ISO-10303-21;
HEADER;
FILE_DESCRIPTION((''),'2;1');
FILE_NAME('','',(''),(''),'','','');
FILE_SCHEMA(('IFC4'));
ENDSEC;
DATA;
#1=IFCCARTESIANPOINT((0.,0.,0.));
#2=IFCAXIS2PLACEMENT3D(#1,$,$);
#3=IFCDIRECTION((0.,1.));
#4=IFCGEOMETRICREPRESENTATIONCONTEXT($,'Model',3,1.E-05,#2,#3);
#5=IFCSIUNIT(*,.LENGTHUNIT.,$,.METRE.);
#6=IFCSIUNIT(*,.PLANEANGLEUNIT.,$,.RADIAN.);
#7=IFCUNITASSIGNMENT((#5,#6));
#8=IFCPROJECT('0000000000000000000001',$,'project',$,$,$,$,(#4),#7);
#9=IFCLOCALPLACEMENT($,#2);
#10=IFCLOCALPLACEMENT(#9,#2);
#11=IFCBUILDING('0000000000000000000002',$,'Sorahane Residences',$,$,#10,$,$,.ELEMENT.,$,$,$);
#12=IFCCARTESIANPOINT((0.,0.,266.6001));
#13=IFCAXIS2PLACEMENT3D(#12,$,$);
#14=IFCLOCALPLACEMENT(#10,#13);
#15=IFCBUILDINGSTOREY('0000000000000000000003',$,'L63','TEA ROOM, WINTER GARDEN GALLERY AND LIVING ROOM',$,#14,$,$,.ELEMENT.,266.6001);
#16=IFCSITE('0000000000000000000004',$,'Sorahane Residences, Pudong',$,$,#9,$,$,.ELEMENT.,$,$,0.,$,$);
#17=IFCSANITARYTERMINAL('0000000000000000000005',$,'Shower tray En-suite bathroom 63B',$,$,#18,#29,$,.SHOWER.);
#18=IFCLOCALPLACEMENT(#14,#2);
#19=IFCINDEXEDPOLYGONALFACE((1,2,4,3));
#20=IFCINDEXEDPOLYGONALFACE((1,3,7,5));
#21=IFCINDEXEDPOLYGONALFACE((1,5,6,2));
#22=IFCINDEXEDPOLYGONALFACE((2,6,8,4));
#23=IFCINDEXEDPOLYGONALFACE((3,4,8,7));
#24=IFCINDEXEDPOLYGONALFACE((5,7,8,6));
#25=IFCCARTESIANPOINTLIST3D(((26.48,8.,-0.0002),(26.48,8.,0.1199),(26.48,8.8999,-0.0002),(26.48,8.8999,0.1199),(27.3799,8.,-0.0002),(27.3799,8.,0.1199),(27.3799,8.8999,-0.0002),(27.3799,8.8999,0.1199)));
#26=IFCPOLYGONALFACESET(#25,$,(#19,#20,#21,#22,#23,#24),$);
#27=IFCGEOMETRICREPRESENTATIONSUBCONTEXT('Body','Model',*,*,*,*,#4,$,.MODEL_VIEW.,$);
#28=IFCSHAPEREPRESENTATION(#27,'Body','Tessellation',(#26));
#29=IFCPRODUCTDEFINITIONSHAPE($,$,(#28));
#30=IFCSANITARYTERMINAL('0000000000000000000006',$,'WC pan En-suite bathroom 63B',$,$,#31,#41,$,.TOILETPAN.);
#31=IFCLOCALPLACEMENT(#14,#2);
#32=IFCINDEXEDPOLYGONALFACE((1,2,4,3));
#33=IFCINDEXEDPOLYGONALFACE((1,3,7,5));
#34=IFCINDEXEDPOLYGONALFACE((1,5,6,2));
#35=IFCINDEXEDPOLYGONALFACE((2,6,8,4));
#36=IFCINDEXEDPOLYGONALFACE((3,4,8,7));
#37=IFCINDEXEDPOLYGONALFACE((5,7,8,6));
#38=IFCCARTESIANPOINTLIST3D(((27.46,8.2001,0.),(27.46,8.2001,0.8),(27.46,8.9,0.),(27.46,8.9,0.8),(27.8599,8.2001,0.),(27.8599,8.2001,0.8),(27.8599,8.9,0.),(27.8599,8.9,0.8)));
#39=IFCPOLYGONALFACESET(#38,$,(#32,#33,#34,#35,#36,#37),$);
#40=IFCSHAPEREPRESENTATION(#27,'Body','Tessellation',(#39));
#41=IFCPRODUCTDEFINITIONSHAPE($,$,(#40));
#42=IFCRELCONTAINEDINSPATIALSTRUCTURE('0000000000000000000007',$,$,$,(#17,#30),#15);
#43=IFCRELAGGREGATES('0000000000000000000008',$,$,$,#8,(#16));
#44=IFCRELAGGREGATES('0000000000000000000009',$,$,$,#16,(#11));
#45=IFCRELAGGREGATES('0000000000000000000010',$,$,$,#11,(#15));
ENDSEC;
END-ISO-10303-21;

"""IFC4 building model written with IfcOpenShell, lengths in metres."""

from ifc_helpers import new_model, si_unit, direction, frame, origin, origin_2d, place, context, subcontext, project, spatial, rectangle, extrude, element, save


model = new_model("IFC4")

# Units and contexts
model_context = context("Model", 3, precision=1e-05, world=origin(), true_north=direction((0.0, 1.0)))
body_context = subcontext(model_context, "Body", "Model", "MODEL_VIEW")
ifc_project = project(units=[si_unit("LENGTHUNIT", "METRE"), si_unit("PLANEANGLEUNIT", "RADIAN")], contexts=[model_context])

# Site, building, storey
site_placement = place(None, origin())
site = spatial("IfcSite", under=ifc_project, at=site_placement, Name="Sorahane Residences, Pudong", CompositionType="ELEMENT", RefElevation=0.0)
building_placement = place(site_placement, origin())
building = spatial("IfcBuilding", under=site, at=building_placement, Name="Sorahane Residences", CompositionType="ELEMENT")
storey_placement = place(building_placement, frame((0.0, 0.0, 266.6001)))
storey = spatial("IfcBuildingStorey", under=building, at=storey_placement, Name="L63", Description="TEA ROOM, WINTER GARDEN GALLERY AND LIVING ROOM", CompositionType="ELEMENT", Elevation=266.6001)

# Sanitary terminals
sanitary_terminal_1_placement = place(storey_placement, frame((26.9299, 8.45, -0.0002), z_axis=(0.0, 0.0, 1.0), x_axis=(1.0, 0.0, 0.0)))
element("IfcSanitaryTerminal", 1, at=sanitary_terminal_1_placement, inside=storey, Name="Shower tray En-suite bathroom 63B", PredefinedType="SHOWER", context=body_context, shape_type="SweptSolid", body=[
    extrude(rectangle(XDim=0.8999, YDim=0.8999, at=origin_2d()), origin(), (0.0, 0.0, 1.0), 0.1201),
])
sanitary_terminal_2_placement = place(storey_placement, frame((27.6599, 8.55, 0.0), z_axis=(0.0, 0.0, 1.0), x_axis=(1.0, 0.0, 0.0)))
element("IfcSanitaryTerminal", 2, at=sanitary_terminal_2_placement, inside=storey, Name="WC pan En-suite bathroom 63B", PredefinedType="TOILETPAN", context=body_context, shape_type="SweptSolid", body=[
    extrude(rectangle(XDim=0.3999, YDim=0.7, at=origin_2d()), origin(), (0.0, 0.0, 1.0), 0.8),
])

save(model, "model.ifc")
